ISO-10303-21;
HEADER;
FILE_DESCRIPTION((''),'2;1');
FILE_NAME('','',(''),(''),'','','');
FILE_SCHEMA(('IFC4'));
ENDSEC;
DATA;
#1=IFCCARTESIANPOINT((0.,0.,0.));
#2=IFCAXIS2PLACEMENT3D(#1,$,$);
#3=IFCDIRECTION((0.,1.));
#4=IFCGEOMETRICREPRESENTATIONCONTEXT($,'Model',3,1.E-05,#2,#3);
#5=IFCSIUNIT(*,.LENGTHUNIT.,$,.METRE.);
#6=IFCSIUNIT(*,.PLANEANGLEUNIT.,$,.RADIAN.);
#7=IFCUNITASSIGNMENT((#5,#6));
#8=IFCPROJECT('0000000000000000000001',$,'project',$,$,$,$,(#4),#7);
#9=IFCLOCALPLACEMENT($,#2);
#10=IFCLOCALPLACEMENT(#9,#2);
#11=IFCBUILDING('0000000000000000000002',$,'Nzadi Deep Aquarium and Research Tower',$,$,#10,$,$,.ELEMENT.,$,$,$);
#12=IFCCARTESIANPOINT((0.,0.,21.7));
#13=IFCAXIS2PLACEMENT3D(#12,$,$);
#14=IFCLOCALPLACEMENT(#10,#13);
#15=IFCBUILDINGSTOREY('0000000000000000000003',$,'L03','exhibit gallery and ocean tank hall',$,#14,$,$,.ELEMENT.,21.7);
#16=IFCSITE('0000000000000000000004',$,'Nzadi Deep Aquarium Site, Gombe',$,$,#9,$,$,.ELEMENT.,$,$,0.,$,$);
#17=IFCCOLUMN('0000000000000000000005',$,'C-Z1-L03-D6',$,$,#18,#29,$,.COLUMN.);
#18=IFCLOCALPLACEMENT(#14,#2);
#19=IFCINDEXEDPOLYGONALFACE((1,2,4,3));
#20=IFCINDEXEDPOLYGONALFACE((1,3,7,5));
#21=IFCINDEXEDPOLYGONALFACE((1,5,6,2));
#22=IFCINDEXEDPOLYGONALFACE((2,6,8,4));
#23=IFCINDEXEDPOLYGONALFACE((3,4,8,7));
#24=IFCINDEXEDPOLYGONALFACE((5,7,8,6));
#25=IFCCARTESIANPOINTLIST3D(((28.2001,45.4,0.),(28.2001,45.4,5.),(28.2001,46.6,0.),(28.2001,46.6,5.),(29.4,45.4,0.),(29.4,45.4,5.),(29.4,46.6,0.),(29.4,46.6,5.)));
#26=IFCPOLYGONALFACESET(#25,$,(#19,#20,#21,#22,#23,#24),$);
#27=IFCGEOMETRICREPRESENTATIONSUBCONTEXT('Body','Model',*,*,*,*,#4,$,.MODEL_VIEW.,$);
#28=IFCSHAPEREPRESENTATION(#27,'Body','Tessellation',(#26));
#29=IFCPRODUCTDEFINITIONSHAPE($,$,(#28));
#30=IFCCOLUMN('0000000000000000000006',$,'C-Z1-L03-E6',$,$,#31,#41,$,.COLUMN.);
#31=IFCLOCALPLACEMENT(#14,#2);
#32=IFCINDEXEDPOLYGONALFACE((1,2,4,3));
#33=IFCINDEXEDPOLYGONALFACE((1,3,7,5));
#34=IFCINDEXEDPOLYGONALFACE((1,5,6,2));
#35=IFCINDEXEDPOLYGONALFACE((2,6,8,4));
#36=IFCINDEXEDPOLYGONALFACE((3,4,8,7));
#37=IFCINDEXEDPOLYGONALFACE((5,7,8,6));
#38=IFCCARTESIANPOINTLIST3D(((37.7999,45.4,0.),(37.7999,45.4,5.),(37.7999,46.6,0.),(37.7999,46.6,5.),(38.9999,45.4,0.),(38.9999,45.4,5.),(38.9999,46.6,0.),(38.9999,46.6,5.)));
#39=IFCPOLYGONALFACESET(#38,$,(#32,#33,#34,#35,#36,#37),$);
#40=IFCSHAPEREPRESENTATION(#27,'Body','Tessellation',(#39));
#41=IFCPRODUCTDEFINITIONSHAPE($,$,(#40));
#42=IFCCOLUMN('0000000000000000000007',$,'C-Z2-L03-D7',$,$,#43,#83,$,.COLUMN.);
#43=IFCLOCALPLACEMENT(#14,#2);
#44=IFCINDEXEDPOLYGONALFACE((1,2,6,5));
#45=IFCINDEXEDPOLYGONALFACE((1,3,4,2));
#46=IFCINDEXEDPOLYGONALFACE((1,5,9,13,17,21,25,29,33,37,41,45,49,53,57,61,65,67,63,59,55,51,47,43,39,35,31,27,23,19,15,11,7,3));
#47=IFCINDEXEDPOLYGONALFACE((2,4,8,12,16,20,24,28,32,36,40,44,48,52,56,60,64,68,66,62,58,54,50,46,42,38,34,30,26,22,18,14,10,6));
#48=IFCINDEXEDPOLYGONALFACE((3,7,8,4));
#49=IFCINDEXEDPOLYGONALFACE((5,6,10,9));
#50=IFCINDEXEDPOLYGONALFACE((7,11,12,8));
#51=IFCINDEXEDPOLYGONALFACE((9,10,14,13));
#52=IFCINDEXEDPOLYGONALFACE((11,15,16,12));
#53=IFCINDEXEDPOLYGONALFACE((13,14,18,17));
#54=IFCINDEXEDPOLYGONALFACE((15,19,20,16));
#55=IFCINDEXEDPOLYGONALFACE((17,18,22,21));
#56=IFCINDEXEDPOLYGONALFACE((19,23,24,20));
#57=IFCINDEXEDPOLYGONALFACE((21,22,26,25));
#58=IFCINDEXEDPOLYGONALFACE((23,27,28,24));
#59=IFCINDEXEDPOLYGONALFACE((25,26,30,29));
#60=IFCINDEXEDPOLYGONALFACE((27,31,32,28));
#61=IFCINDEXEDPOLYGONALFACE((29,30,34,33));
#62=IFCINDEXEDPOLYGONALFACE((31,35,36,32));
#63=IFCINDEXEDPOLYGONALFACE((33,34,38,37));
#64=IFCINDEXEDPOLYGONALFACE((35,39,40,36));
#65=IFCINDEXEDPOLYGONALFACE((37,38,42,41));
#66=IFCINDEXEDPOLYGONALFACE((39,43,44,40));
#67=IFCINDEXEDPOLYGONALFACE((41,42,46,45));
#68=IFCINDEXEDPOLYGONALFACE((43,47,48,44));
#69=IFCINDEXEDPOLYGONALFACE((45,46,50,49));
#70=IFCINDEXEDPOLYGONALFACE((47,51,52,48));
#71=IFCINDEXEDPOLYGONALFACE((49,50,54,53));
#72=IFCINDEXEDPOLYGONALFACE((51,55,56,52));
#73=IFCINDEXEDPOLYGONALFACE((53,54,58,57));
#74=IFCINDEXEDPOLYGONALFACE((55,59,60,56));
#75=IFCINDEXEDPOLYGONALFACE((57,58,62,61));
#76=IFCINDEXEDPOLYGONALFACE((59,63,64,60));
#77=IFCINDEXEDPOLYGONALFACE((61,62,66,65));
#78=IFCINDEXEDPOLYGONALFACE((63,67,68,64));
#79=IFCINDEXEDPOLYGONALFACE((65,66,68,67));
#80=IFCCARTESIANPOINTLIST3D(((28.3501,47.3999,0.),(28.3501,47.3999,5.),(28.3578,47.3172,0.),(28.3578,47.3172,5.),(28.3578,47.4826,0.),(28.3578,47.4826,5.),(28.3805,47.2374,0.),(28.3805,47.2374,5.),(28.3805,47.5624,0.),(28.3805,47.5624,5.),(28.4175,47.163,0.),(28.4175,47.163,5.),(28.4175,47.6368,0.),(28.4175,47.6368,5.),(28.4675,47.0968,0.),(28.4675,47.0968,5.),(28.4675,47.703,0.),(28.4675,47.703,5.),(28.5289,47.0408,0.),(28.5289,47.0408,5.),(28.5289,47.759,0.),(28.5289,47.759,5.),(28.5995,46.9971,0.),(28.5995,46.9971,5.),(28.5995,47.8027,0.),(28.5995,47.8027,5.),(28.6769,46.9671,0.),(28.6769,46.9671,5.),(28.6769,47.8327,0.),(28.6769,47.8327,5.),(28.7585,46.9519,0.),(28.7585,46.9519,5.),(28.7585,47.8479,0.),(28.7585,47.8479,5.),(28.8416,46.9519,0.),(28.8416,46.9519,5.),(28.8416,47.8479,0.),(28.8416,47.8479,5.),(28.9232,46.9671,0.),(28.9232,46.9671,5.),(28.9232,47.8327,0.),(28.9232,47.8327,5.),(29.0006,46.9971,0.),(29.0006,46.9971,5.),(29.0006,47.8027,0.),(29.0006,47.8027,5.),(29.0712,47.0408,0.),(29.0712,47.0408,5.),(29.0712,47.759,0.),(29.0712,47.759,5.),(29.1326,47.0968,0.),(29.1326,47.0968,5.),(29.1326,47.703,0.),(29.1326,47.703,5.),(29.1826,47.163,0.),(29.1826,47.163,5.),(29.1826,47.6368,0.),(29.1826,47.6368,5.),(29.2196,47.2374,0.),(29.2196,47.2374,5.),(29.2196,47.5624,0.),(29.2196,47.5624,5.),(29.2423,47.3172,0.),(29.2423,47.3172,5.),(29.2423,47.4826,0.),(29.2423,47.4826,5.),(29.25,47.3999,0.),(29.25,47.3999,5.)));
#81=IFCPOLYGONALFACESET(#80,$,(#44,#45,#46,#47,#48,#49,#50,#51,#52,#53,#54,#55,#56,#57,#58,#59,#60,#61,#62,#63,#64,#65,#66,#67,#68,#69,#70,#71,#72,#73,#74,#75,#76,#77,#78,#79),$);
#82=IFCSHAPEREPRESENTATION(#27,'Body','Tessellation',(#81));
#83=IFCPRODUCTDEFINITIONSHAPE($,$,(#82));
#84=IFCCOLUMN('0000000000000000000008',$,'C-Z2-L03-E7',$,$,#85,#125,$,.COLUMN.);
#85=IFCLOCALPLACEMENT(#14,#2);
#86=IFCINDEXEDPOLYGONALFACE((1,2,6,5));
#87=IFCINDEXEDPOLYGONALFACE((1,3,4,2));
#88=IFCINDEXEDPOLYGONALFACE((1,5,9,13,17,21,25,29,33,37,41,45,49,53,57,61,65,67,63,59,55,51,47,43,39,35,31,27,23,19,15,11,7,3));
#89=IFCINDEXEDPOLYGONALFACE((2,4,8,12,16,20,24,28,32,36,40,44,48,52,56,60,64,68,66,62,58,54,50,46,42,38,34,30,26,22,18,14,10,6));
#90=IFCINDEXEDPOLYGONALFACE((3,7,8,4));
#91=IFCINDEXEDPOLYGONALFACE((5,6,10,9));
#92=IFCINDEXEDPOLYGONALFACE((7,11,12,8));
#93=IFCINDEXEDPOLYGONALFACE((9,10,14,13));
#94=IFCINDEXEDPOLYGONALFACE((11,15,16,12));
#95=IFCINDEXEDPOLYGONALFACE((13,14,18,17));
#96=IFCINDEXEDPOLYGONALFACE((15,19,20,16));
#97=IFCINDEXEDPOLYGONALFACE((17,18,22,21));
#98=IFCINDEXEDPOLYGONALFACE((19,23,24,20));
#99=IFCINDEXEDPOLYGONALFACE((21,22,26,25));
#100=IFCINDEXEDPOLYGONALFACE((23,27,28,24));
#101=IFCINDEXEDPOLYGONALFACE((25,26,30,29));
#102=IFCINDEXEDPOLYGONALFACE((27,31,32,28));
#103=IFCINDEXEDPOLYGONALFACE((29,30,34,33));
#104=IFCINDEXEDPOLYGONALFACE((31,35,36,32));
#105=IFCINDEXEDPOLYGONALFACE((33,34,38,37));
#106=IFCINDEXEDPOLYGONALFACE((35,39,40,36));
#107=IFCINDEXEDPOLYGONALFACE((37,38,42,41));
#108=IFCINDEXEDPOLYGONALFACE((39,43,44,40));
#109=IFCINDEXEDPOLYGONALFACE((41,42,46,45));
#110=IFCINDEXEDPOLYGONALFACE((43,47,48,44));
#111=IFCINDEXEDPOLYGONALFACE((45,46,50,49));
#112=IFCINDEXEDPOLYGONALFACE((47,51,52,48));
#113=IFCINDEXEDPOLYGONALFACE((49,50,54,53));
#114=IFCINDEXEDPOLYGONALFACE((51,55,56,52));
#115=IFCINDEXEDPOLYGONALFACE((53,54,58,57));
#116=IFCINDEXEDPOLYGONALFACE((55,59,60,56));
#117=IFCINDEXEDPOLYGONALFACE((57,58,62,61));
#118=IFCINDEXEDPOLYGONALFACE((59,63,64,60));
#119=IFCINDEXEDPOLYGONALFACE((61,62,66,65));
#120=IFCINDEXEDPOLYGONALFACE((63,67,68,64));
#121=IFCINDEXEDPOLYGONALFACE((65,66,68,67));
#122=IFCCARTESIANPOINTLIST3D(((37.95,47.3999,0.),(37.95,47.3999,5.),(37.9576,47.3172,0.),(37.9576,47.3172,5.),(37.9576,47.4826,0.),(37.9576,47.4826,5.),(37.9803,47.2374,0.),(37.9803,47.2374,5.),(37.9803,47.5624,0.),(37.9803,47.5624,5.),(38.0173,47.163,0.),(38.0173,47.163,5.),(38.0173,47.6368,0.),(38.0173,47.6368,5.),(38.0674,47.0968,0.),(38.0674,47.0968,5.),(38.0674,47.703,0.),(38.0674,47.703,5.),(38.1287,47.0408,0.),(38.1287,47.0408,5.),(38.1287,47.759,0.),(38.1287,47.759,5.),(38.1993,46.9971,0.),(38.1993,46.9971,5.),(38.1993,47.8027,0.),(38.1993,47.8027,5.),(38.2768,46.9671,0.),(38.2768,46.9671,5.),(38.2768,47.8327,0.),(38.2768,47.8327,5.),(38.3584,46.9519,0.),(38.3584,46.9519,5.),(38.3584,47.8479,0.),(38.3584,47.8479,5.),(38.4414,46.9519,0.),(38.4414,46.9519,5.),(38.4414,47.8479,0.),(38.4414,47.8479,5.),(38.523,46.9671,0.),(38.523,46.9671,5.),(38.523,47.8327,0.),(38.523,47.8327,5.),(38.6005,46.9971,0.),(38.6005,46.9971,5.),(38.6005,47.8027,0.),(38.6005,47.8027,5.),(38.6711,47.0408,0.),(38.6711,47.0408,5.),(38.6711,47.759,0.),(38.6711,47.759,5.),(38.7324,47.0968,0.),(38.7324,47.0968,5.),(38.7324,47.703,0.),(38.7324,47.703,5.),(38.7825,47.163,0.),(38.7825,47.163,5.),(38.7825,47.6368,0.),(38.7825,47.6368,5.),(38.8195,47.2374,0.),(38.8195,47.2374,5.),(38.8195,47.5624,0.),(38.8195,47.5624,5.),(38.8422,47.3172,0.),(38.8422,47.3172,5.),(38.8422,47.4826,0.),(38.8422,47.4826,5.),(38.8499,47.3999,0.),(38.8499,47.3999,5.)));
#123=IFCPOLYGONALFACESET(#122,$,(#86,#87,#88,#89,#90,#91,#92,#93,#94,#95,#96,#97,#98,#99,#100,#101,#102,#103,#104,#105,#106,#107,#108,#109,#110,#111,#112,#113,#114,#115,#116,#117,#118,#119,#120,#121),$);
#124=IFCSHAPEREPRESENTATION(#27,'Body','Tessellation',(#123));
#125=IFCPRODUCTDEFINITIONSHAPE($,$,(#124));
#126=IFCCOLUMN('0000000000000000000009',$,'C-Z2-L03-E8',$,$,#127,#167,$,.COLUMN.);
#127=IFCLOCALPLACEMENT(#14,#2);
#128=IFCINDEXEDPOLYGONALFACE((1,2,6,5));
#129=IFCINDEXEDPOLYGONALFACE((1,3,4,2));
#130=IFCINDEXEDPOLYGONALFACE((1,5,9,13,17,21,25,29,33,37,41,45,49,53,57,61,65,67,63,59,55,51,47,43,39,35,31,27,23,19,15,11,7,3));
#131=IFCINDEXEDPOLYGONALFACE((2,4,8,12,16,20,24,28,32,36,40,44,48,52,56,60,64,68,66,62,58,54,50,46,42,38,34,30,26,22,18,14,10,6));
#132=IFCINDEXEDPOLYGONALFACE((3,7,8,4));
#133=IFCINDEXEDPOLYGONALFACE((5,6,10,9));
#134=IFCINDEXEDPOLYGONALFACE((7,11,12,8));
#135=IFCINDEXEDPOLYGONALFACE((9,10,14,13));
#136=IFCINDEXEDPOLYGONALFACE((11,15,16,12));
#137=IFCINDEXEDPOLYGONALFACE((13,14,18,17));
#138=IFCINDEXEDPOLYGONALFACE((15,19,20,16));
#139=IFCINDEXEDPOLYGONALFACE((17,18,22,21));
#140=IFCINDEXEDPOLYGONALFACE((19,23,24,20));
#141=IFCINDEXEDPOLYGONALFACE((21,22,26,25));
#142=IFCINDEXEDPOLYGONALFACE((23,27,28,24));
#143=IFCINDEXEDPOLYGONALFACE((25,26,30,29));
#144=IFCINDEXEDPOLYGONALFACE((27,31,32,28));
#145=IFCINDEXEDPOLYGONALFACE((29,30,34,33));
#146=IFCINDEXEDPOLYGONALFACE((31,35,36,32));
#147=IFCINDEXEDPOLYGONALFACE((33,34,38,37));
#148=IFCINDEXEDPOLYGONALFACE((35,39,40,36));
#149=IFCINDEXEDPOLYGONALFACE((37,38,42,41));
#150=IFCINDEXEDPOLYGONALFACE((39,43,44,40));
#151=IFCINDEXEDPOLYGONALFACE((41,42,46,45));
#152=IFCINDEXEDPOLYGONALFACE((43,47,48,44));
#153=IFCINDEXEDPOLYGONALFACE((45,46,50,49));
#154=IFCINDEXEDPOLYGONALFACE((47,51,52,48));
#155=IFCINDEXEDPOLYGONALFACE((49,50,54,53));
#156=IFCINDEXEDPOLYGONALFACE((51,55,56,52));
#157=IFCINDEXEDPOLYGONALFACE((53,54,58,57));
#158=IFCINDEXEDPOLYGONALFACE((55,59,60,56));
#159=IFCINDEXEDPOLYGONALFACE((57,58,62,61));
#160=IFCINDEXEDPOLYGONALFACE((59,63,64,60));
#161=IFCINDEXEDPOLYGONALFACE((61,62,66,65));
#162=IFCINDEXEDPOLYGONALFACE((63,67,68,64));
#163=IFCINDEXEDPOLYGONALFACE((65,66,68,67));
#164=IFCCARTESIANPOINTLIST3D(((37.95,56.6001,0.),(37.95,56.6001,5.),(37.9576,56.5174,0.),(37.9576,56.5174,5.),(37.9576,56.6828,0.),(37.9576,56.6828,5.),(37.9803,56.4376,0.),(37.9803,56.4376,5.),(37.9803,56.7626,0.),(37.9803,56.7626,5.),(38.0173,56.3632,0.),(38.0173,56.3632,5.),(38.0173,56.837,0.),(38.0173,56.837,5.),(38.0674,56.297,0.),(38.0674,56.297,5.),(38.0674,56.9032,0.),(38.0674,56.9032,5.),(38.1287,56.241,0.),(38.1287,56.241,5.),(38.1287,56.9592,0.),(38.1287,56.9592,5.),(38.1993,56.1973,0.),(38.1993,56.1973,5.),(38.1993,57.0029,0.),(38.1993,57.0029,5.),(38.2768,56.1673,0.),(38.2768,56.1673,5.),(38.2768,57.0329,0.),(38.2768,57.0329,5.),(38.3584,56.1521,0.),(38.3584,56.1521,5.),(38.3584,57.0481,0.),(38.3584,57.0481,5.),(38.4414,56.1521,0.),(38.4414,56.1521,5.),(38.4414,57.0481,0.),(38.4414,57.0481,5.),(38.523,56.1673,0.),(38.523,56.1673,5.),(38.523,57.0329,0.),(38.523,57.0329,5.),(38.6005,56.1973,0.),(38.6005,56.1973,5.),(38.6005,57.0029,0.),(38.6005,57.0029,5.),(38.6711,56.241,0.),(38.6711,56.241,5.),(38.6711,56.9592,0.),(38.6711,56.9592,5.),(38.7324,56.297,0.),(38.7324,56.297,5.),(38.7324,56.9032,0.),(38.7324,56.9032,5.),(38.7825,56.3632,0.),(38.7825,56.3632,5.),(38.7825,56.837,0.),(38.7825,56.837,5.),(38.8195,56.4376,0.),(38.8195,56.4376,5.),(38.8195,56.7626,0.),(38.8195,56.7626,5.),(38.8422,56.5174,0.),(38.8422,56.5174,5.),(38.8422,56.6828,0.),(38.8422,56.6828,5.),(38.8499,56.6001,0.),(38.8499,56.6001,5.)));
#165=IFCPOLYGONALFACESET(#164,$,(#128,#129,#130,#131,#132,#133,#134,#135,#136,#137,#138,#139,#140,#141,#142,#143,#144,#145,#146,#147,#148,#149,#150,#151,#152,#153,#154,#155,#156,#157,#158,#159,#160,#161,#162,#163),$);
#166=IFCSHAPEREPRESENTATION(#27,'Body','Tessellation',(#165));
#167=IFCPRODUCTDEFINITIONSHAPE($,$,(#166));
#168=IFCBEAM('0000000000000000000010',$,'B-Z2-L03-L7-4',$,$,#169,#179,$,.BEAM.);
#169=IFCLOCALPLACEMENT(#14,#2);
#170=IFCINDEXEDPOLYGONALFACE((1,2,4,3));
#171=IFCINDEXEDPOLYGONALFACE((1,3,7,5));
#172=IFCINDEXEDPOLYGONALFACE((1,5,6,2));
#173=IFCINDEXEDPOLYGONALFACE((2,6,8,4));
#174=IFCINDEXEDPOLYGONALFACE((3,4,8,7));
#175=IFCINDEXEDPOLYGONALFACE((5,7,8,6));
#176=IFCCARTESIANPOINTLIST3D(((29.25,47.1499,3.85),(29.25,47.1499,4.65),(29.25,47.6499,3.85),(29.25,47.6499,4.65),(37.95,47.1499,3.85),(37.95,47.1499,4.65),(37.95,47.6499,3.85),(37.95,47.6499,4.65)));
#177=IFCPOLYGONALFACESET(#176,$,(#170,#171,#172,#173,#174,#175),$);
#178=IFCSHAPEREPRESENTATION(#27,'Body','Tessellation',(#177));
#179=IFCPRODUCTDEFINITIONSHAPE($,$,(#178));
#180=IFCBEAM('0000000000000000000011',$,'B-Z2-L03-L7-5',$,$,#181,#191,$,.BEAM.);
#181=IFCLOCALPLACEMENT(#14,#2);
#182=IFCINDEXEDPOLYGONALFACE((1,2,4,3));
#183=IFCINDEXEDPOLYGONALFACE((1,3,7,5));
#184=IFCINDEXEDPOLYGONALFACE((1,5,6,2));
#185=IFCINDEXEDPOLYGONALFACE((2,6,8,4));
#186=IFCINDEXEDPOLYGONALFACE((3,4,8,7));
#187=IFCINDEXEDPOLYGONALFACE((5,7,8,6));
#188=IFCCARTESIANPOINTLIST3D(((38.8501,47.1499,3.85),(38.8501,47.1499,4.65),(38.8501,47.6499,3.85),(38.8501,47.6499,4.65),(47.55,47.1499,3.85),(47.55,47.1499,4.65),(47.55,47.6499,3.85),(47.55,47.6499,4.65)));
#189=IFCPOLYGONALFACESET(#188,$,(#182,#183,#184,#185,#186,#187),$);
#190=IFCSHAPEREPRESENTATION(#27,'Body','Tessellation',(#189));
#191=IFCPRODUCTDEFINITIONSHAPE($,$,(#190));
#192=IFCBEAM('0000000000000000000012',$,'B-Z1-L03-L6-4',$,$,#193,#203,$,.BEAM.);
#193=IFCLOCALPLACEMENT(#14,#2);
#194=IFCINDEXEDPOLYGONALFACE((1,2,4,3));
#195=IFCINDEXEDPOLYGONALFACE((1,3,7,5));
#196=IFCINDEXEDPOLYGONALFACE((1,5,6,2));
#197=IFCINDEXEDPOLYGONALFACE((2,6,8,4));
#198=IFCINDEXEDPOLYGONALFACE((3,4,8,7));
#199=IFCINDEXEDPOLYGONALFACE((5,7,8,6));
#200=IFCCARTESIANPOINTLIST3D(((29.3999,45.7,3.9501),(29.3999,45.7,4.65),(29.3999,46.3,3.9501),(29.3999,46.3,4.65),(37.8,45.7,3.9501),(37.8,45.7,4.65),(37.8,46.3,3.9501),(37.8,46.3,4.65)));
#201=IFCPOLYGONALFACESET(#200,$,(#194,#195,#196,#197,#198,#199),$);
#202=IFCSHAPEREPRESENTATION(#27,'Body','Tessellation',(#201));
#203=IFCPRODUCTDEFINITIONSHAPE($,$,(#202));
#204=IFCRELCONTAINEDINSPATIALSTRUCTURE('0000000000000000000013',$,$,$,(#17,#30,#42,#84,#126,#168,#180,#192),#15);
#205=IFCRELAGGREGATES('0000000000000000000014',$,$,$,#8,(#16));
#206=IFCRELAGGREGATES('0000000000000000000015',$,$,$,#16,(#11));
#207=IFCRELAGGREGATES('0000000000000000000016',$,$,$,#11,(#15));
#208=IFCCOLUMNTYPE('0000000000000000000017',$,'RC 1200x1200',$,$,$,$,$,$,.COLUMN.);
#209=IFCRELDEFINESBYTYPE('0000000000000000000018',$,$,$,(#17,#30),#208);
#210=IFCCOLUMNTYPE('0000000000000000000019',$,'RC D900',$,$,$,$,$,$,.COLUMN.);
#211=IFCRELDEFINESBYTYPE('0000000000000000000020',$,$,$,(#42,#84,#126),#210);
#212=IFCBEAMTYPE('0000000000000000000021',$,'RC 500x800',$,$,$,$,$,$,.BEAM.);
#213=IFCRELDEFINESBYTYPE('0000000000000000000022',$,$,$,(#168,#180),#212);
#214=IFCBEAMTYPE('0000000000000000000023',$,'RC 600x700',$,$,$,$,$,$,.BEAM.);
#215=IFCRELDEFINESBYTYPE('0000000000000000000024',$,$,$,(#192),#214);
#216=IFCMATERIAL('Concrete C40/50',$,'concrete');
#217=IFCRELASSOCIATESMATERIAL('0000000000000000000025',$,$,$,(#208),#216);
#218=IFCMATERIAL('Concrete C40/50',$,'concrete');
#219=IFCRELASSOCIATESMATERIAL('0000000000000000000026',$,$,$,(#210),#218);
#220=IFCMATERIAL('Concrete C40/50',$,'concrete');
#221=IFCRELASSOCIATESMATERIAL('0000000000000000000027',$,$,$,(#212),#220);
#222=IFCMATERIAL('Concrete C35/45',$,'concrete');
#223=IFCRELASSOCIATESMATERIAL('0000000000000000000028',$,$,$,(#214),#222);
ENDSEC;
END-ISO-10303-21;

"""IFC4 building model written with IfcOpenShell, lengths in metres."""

from ifc_helpers import new_model, si_unit, direction, frame, origin, origin_2d, place, context, subcontext, project, spatial, rectangle, circle, extrude, material, material_profile, profile_set, type_object, element, save


model = new_model("IFC4")

# Units and contexts
model_context = context("Model", 3, precision=1e-05, world=origin(), true_north=direction((0.0, 1.0)))
body_context = subcontext(model_context, "Body", "Model", "MODEL_VIEW")
ifc_project = project(units=[si_unit("LENGTHUNIT", "METRE"), si_unit("PLANEANGLEUNIT", "RADIAN")], contexts=[model_context])

# Site, building, storey
site_placement = place(None, origin())
site = spatial("IfcSite", under=ifc_project, at=site_placement, Name="Nzadi Deep Aquarium Site, Gombe", CompositionType="ELEMENT", RefElevation=0.0)
building_placement = place(site_placement, origin())
building = spatial("IfcBuilding", under=site, at=building_placement, Name="Nzadi Deep Aquarium and Research Tower", CompositionType="ELEMENT")
storey_placement = place(building_placement, frame((0.0, 0.0, 21.7)))
storey = spatial("IfcBuildingStorey", under=building, at=storey_placement, Name="L03", Description="exhibit gallery and ocean tank hall", CompositionType="ELEMENT", Elevation=21.7)

# Columns
ifc_material_1 = material(Name="Concrete C40/50", Category="concrete")
ifc_material_profile_1 = material_profile(ifc_material_1, rectangle(XDim=1.2, YDim=1.2, at=origin_2d()))
ifc_profile_set_1 = profile_set([ifc_material_profile_1], Name="Concrete C40/50")
column_type_1 = type_object("IfcColumnType", Name="RC 1200x1200", PredefinedType="COLUMN", material=ifc_profile_set_1)
for number, where, z_axis, x_axis, name in (
    (1, (28.8, 46.0, 0.0), (0.0, 0.0, 1.0), (1.0, 0.0, 0.0), "C-Z1-L03-D6"),
    (2, (38.3999, 46.0, 0.0), (0.0, 0.0, 1.0), (1.0, 0.0, 0.0), "C-Z1-L03-E6"),
):
    element("IfcColumn", number, at=place(storey_placement, frame(where, z_axis=z_axis, x_axis=x_axis)), inside=storey, type_object=column_type_1, Name=name, PredefinedType="COLUMN", context=body_context, shape_type="SweptSolid", body=[
        extrude(rectangle(XDim=1.2, YDim=1.2, at=origin_2d()), origin(), (0.0, 0.0, 1.0), 5.0),
    ])
ifc_material_2 = material(Name="Concrete C40/50", Category="concrete")
ifc_material_profile_2 = material_profile(ifc_material_2, circle(Radius=0.45, at=origin_2d()))
ifc_profile_set_2 = profile_set([ifc_material_profile_2], Name="Concrete C40/50")
column_type_2 = type_object("IfcColumnType", Name="RC D900", PredefinedType="COLUMN", material=ifc_profile_set_2)
for number, where, z_axis, x_axis, name in (
    (3, (28.8, 47.3999, 0.0), (0.0, 0.0, 1.0), (1.0, 0.0, 0.0), "C-Z2-L03-D7"),
    (4, (38.3999, 47.3999, 0.0), (0.0, 0.0, 1.0), (1.0, 0.0, 0.0), "C-Z2-L03-E7"),
    (5, (38.3999, 56.6001, 0.0), (0.0, 0.0, 1.0), (1.0, 0.0, 0.0), "C-Z2-L03-E8"),
):
    element("IfcColumn", number, at=place(storey_placement, frame(where, z_axis=z_axis, x_axis=x_axis)), inside=storey, type_object=column_type_2, Name=name, PredefinedType="COLUMN", context=body_context, shape_type="SweptSolid", body=[
        extrude(circle(Radius=0.45, at=origin_2d()), origin(), (0.0, 0.0, 1.0), 5.0),
    ])

# Beams
ifc_material_3 = material(Name="Concrete C40/50", Category="concrete")
ifc_material_profile_3 = material_profile(ifc_material_3, rectangle(XDim=0.5, YDim=0.8, at=origin_2d()))
ifc_profile_set_3 = profile_set([ifc_material_profile_3], Name="Concrete C40/50")
beam_type_1 = type_object("IfcBeamType", Name="RC 500x800", PredefinedType="BEAM", material=ifc_profile_set_3)
for number, where, z_axis, x_axis, name in (
    (6, (29.25, 47.3999, 4.25), (1.0, 0.0, 0.0), (0.0, 1.0, 0.0), "B-Z2-L03-L7-4"),
    (7, (38.8501, 47.3999, 4.25), (1.0, 0.0, 0.0), (0.0, 1.0, 0.0), "B-Z2-L03-L7-5"),
):
    element("IfcBeam", number, at=place(storey_placement, frame(where, z_axis=z_axis, x_axis=x_axis)), inside=storey, type_object=beam_type_1, Name=name, PredefinedType="BEAM", context=body_context, shape_type="SweptSolid", body=[
        extrude(rectangle(XDim=0.5, YDim=0.8, at=origin_2d()), origin(), (0.0, 0.0, 1.0), 8.7),
    ])
ifc_material_4 = material(Name="Concrete C35/45", Category="concrete")
ifc_material_profile_4 = material_profile(ifc_material_4, rectangle(XDim=0.6001, YDim=0.7, at=origin_2d()))
ifc_profile_set_4 = profile_set([ifc_material_profile_4], Name="Concrete C35/45")
beam_type_2 = type_object("IfcBeamType", Name="RC 600x700", PredefinedType="BEAM", material=ifc_profile_set_4)
beam_1_placement = place(storey_placement, frame((29.3999, 46.0, 4.3), z_axis=(1.0, 0.0, 0.0), x_axis=(0.0, 1.0, 0.0)))
element("IfcBeam", 8, at=beam_1_placement, inside=storey, type_object=beam_type_2, Name="B-Z1-L03-L6-4", PredefinedType="BEAM", context=body_context, shape_type="SweptSolid", body=[
    extrude(rectangle(XDim=0.6001, YDim=0.7, at=origin_2d()), origin(), (0.0, 0.0, 1.0), 8.4001),
])

save(model, "model.ifc")
